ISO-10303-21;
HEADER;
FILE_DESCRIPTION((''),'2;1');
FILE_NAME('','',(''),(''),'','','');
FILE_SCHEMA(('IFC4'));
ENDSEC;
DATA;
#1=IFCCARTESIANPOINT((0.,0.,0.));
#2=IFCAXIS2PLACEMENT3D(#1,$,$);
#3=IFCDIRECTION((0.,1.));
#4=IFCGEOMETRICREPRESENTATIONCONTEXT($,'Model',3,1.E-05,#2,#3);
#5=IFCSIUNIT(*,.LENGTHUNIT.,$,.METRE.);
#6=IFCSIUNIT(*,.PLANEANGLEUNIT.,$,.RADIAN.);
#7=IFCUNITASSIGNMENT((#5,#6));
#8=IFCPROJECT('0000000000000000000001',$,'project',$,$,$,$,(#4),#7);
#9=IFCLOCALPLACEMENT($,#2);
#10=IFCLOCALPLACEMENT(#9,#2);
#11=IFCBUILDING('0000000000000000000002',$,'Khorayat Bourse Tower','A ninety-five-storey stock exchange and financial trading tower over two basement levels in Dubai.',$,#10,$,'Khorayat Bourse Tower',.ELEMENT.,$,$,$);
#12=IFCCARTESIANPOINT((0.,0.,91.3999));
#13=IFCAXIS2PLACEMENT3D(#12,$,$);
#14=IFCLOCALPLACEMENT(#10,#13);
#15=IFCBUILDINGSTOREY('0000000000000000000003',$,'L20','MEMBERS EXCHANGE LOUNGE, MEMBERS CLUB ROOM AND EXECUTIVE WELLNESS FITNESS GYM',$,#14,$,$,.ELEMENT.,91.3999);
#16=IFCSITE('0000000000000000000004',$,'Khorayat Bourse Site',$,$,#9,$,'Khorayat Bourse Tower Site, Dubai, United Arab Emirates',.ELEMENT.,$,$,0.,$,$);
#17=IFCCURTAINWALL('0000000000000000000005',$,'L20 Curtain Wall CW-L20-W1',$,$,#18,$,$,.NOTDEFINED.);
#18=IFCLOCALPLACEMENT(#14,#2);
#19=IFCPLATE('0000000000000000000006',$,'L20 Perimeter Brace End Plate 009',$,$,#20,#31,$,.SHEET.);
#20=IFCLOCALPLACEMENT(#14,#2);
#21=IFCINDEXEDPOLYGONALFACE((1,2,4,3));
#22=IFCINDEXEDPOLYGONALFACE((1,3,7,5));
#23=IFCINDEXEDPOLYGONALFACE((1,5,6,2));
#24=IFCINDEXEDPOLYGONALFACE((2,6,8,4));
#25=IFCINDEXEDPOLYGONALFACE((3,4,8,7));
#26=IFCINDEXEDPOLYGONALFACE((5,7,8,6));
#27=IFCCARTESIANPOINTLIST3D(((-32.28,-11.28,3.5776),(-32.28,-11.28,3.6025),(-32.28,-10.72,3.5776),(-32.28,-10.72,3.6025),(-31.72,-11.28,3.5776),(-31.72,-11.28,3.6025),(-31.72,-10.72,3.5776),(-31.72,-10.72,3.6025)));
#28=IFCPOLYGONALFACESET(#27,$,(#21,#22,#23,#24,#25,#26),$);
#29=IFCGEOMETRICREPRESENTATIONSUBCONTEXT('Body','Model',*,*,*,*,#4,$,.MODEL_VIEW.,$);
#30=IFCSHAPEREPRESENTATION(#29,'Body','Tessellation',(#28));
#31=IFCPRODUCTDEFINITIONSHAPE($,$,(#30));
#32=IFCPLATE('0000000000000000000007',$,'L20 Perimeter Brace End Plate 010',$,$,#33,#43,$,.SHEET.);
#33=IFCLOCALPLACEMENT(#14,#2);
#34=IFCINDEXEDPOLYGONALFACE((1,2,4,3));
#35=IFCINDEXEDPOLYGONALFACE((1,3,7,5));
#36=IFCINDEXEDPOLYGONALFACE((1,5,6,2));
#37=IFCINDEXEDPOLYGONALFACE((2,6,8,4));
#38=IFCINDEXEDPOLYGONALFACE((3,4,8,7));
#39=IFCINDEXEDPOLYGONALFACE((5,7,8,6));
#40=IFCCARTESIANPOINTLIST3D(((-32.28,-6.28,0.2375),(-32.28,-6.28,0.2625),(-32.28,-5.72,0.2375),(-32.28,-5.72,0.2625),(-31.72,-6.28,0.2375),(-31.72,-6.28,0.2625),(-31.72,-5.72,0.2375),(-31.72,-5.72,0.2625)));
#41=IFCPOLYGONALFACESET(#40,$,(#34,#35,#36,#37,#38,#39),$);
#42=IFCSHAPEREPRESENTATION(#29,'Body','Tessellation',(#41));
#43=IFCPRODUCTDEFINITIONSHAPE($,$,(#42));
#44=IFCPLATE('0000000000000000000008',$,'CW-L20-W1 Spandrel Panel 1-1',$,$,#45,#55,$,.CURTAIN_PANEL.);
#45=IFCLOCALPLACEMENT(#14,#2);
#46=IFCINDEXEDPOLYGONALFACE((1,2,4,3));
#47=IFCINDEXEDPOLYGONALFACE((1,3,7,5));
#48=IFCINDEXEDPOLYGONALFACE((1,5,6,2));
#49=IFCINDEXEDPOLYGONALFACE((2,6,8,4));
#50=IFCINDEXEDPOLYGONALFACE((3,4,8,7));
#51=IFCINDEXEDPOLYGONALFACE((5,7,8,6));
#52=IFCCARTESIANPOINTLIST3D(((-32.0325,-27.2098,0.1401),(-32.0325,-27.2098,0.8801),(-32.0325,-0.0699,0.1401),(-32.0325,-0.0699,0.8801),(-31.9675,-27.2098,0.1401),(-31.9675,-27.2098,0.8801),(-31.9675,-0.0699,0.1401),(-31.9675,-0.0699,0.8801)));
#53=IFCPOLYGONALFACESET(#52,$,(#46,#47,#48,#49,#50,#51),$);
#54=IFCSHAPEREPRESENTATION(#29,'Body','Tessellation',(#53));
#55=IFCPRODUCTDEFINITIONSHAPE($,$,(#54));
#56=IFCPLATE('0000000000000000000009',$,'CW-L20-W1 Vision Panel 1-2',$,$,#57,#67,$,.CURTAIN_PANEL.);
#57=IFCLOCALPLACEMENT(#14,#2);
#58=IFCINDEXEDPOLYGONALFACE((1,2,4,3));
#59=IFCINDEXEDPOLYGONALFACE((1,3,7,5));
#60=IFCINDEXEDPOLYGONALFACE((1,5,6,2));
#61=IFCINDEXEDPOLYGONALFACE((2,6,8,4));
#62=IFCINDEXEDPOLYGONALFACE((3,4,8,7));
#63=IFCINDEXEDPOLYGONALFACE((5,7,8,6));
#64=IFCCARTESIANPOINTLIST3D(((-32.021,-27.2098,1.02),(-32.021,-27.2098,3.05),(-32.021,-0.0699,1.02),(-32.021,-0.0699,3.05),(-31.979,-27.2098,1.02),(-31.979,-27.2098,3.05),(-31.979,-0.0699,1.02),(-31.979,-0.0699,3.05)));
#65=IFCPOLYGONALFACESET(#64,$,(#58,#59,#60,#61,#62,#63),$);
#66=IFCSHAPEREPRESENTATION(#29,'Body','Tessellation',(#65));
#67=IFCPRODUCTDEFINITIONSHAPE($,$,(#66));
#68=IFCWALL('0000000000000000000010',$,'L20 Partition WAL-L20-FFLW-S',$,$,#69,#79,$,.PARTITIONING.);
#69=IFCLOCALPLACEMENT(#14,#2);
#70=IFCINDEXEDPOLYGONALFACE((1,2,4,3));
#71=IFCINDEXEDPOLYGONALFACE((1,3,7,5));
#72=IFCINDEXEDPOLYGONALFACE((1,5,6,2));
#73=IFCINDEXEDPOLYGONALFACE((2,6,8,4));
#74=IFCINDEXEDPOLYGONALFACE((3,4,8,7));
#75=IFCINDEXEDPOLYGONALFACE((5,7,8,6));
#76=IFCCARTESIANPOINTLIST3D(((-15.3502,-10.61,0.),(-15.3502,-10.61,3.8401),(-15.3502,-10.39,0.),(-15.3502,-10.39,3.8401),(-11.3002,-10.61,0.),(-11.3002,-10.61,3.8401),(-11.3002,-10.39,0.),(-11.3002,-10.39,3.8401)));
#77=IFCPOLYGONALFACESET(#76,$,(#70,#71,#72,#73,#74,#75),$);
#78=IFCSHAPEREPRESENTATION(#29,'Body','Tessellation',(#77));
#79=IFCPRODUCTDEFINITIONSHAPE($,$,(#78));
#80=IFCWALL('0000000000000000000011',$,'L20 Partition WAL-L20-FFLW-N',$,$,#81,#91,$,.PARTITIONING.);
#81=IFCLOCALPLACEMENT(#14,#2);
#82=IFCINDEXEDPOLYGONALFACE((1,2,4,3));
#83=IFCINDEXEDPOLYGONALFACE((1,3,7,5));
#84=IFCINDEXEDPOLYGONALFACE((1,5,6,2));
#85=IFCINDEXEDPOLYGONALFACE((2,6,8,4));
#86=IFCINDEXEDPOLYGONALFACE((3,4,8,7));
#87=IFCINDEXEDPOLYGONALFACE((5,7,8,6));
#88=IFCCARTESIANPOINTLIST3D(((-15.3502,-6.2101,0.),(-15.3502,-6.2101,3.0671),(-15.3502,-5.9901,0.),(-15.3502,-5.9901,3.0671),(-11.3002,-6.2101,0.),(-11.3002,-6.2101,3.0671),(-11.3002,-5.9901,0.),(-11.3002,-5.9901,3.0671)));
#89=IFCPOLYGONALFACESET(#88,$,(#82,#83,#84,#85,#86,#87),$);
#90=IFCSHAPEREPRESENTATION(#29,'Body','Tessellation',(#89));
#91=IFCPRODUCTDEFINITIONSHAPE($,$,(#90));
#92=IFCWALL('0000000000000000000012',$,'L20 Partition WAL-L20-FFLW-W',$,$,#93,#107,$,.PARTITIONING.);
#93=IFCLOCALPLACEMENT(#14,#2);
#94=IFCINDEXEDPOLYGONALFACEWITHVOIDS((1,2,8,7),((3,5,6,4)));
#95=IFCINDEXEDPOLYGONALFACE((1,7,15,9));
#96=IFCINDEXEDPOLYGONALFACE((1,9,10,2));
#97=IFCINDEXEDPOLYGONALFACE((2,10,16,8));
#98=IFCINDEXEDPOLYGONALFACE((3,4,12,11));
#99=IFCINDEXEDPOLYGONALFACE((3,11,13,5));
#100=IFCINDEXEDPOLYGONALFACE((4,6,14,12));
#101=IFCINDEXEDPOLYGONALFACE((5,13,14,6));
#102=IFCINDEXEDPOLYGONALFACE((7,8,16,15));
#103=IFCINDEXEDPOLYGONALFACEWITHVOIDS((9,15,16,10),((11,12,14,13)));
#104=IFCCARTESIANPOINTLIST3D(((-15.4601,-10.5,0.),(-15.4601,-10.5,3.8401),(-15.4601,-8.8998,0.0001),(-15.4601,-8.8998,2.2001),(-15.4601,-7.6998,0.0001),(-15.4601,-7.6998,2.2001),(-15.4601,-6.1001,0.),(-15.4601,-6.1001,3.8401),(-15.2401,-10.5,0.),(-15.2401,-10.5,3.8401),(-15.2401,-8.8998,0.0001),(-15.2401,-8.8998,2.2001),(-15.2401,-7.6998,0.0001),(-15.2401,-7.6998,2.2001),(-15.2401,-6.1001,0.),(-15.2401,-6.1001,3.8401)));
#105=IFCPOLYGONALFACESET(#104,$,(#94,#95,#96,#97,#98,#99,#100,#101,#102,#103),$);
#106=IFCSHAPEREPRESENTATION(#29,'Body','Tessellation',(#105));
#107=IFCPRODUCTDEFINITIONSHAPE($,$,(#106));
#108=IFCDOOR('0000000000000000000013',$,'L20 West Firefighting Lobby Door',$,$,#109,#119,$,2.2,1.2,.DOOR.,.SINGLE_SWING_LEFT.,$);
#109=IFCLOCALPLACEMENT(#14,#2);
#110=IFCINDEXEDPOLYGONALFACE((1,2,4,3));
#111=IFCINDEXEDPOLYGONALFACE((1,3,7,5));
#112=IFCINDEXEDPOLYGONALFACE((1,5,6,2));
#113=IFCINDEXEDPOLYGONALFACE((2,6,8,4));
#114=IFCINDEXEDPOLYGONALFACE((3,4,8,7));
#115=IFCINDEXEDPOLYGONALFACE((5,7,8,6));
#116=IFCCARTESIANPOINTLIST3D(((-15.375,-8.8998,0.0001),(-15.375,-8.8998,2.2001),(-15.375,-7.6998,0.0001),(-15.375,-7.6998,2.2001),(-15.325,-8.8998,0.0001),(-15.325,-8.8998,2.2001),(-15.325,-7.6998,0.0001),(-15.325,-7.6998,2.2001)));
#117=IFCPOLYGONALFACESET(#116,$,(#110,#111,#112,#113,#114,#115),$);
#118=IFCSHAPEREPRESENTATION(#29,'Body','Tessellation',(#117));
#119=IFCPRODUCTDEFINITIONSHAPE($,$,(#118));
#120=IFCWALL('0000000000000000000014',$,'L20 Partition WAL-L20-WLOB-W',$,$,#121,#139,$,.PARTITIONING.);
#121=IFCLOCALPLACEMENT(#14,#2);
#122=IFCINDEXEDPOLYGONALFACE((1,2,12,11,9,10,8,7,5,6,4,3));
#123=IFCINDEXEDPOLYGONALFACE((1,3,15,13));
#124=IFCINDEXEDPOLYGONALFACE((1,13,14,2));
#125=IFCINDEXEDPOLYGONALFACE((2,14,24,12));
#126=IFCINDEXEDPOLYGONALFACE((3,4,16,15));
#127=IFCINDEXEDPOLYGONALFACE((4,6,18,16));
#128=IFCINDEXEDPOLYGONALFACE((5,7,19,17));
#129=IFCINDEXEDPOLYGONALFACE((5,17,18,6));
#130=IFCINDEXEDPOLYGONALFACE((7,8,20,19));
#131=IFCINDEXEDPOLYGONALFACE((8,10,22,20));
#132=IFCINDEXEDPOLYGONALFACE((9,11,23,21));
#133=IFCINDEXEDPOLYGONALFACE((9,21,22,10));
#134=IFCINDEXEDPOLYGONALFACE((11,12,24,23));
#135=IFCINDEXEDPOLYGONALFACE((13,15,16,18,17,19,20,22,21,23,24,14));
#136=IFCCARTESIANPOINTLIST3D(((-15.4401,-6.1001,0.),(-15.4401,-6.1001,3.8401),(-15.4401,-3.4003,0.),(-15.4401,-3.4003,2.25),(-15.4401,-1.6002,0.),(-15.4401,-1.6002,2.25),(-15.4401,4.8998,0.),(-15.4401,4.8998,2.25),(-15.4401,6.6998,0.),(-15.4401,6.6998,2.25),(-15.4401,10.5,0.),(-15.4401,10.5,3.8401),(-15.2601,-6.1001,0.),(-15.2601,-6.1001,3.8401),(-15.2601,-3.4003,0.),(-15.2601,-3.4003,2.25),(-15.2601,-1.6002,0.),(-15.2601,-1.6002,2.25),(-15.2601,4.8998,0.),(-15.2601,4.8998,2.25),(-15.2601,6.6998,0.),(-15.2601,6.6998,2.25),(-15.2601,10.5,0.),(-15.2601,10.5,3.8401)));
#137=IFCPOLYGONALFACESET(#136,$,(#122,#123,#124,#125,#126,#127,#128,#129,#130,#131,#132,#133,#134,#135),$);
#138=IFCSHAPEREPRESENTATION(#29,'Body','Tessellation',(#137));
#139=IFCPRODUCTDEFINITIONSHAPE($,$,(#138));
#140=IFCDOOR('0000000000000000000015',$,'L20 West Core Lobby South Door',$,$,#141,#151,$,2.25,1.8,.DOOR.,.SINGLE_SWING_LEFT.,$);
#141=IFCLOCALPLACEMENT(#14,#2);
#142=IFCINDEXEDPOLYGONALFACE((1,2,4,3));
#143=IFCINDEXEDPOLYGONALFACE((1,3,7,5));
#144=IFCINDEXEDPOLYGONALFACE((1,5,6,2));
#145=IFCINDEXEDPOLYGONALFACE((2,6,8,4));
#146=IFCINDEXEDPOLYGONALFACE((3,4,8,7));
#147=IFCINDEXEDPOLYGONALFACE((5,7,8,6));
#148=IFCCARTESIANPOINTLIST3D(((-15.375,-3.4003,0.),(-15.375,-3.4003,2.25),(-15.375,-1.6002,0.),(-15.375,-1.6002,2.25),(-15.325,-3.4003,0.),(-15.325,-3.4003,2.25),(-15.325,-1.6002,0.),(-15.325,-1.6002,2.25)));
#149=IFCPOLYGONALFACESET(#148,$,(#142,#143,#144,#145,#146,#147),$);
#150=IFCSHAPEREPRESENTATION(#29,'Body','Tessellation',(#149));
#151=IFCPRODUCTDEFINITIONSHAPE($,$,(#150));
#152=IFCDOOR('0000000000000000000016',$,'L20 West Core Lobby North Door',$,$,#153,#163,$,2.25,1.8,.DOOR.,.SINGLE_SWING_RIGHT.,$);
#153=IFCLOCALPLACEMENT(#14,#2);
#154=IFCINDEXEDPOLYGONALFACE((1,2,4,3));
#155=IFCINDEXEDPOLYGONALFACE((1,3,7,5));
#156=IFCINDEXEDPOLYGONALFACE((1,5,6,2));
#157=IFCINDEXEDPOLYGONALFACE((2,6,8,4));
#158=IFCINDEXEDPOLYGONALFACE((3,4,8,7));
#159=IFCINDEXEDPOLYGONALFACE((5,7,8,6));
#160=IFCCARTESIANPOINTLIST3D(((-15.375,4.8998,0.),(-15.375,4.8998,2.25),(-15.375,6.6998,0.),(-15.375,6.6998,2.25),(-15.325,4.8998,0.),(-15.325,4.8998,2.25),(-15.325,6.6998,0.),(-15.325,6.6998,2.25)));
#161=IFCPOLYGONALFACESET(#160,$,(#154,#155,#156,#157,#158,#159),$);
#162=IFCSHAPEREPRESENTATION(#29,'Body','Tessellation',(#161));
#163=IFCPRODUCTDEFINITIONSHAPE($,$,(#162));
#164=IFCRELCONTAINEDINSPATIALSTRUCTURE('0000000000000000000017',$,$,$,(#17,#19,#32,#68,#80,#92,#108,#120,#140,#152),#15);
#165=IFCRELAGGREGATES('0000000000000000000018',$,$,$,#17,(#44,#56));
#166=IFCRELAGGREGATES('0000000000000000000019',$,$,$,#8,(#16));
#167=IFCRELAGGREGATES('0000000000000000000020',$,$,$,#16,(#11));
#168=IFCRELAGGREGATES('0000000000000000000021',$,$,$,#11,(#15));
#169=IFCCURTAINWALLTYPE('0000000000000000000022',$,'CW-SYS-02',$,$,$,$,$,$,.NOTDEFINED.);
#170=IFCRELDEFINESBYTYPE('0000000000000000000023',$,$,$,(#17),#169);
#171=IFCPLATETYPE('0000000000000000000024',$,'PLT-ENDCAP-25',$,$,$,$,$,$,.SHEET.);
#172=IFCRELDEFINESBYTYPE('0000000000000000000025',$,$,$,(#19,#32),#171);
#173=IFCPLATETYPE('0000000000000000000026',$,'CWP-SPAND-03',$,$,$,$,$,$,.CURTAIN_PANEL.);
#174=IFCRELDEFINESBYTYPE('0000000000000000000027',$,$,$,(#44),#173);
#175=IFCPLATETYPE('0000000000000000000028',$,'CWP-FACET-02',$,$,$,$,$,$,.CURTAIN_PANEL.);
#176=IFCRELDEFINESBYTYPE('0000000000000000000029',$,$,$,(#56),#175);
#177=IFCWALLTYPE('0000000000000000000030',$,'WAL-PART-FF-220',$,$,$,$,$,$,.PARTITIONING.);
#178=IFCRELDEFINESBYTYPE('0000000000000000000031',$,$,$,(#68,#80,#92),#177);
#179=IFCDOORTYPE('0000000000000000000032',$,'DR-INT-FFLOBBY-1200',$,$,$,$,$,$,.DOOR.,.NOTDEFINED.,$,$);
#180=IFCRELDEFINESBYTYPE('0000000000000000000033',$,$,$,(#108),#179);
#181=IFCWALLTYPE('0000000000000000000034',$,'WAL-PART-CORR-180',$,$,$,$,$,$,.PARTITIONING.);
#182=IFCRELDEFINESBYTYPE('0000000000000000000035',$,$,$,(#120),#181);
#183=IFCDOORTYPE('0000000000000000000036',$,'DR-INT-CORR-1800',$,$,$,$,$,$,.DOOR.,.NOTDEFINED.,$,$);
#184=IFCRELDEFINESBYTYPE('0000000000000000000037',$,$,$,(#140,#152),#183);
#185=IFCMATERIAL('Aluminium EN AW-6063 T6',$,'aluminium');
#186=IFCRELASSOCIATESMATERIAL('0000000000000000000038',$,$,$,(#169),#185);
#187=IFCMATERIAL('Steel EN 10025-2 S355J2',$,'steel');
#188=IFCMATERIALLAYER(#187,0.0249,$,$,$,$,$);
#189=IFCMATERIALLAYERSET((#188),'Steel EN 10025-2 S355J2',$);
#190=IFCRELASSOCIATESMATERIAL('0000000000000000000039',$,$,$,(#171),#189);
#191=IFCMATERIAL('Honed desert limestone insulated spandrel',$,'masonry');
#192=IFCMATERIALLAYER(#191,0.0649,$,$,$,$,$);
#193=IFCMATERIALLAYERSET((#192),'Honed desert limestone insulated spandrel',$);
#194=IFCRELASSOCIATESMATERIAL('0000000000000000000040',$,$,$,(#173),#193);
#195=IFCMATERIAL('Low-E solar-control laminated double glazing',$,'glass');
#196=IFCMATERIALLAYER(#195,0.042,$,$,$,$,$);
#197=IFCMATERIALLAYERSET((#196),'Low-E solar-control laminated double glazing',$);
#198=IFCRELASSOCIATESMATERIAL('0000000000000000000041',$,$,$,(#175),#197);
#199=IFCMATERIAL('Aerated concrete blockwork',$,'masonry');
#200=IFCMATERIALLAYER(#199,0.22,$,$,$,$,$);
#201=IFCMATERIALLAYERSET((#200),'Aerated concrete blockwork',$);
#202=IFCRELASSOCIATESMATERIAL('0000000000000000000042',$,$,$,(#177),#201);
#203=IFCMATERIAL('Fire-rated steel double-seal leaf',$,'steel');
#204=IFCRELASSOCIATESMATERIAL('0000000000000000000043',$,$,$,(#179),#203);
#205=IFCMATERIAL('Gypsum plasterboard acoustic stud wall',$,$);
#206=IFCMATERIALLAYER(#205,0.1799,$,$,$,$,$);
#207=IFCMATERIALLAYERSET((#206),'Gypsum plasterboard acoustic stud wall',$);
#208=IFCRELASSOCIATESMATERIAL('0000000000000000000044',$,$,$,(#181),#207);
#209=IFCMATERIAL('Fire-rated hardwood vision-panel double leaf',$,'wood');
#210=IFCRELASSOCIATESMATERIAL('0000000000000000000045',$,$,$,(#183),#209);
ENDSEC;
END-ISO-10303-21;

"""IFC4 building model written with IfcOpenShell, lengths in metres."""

from ifc_helpers import new_model, si_unit, direction, frame, frame_2d, origin, origin_2d, place, context, subcontext, project, spatial, rectangle, extrude, source, transform, mapped, material, layer, layer_set, type_object, element, fill, aggregate, save


model = new_model("IFC4")

# Units and contexts
model_context = context("Model", 3, precision=1e-05, world=origin(), true_north=direction((0.0, 1.0)))
body_context = subcontext(model_context, "Body", "Model", "MODEL_VIEW")
ifc_project = project(units=[si_unit("LENGTHUNIT", "METRE"), si_unit("PLANEANGLEUNIT", "RADIAN")], contexts=[model_context])

# Site, building, storey
site_placement = place(None, origin())
site = spatial("IfcSite", under=ifc_project, at=site_placement, Name="Khorayat Bourse Site", LongName="Khorayat Bourse Tower Site, Dubai, United Arab Emirates", CompositionType="ELEMENT", RefElevation=0.0)
building_placement = place(site_placement, origin())
building = spatial("IfcBuilding", under=site, at=building_placement, Name="Khorayat Bourse Tower", Description="A ninety-five-storey stock exchange and financial trading tower over two basement levels in Dubai.", LongName="Khorayat Bourse Tower", CompositionType="ELEMENT")
storey_placement = place(building_placement, frame((0.0, 0.0, 91.3999)))
storey = spatial("IfcBuildingStorey", under=building, at=storey_placement, Name="L20", Description="MEMBERS EXCHANGE LOUNGE, MEMBERS CLUB ROOM AND EXECUTIVE WELLNESS FITNESS GYM", CompositionType="ELEMENT", Elevation=91.3999)

# Curtain wall
ifc_material_1 = material(Name="Aluminium EN AW-6063 T6", Category="aluminium")
curtain_wall_type = type_object("IfcCurtainWallType", Name="CW-SYS-02", PredefinedType="NOTDEFINED", material=ifc_material_1)
curtain_wall_placement = place(storey_placement, origin())
curtain_wall = element("IfcCurtainWall", 1, at=curtain_wall_placement, inside=storey, type_object=curtain_wall_type, Name="L20 Curtain Wall CW-L20-W1", PredefinedType="NOTDEFINED")

# Plates
ifc_material_2 = material(Name="Steel EN 10025-2 S355J2", Category="steel")
ifc_layer_1 = layer(ifc_material_2, 0.0249)
ifc_layer_set_1 = layer_set([ifc_layer_1], Name="Steel EN 10025-2 S355J2")
plate_type_1 = type_object("IfcPlateType", Name="PLT-ENDCAP-25", PredefinedType="SHEET", material=ifc_layer_set_1)
shared_shape_1 = source(origin(), body_context, "Body", "SweptSolid", [
    extrude(rectangle(XDim=0.5601, YDim=0.5601, at=origin_2d()), origin(), (0.0, 0.0, 1.0), 0.0249),
])
for number, where, z_axis, x_axis, name in (
    (2, (-32.0, -11.0, 3.5776), (0.0, 0.0, 1.0), (1.0, 0.0, 0.0), "L20 Perimeter Brace End Plate 009"),
    (3, (-32.0, -6.0, 0.2375), (0.0, 0.0, 1.0), (1.0, 0.0, 0.0), "L20 Perimeter Brace End Plate 010"),
):
    element("IfcPlate", number, at=place(storey_placement, frame(where, z_axis=z_axis, x_axis=x_axis)), inside=storey, type_object=plate_type_1, Name=name, PredefinedType="SHEET", context=body_context, shape_type="MappedRepresentation", body=[
        mapped(shared_shape_1, transform((0.0, 0.0, 0.0), scale=1.0)),
    ])

# Plates
ifc_material_3 = material(Name="Honed desert limestone insulated spandrel", Category="masonry")
ifc_layer_2 = layer(ifc_material_3, 0.0649)
ifc_layer_set_2 = layer_set([ifc_layer_2], Name="Honed desert limestone insulated spandrel")
plate_type_2 = type_object("IfcPlateType", Name="CWP-SPAND-03", PredefinedType="CURTAIN_PANEL", material=ifc_layer_set_2)
shared_shape_2 = source(origin(), body_context, "Body", "SweptSolid", [
    extrude(rectangle(XDim=27.1399, YDim=0.0649, at=origin_2d()), origin(), (0.0, 0.0, 1.0), 0.74),
])
plate_1_placement = place(storey_placement, frame((-32.0, -13.6399, 0.1401), z_axis=(0.0, 0.0, 1.0), x_axis=(0.0, 1.0, 0.0)))
plate_1 = element("IfcPlate", 4, at=plate_1_placement, type_object=plate_type_2, Name="CW-L20-W1 Spandrel Panel 1-1", PredefinedType="CURTAIN_PANEL", context=body_context, shape_type="MappedRepresentation", body=[
    mapped(shared_shape_2, transform((0.0, 0.0, 0.0), scale=1.0)),
])
ifc_material_4 = material(Name="Low-E solar-control laminated double glazing", Category="glass")
ifc_layer_3 = layer(ifc_material_4, 0.042)
ifc_layer_set_3 = layer_set([ifc_layer_3], Name="Low-E solar-control laminated double glazing")
plate_type_3 = type_object("IfcPlateType", Name="CWP-FACET-02", PredefinedType="CURTAIN_PANEL", material=ifc_layer_set_3)
shared_shape_3 = source(origin(), body_context, "Body", "SweptSolid", [
    extrude(rectangle(XDim=27.1399, YDim=0.042, at=origin_2d()), origin(), (0.0, 0.0, 1.0), 2.03),
])
plate_2_placement = place(storey_placement, frame((-32.0, -13.6399, 1.02), z_axis=(0.0, 0.0, 1.0), x_axis=(0.0, 1.0, 0.0)))
plate_2 = element("IfcPlate", 5, at=plate_2_placement, type_object=plate_type_3, Name="CW-L20-W1 Vision Panel 1-2", PredefinedType="CURTAIN_PANEL", context=body_context, shape_type="MappedRepresentation", body=[
    mapped(shared_shape_3, transform((0.0, 0.0, 0.0), scale=1.0)),
])
aggregate(curtain_wall, [plate_1, plate_2])

# Walls
ifc_material_5 = material(Name="Aerated concrete blockwork", Category="masonry")
ifc_layer_4 = layer(ifc_material_5, 0.22)
ifc_layer_set_4 = layer_set([ifc_layer_4], Name="Aerated concrete blockwork")
wall_type_1 = type_object("IfcWallType", Name="WAL-PART-FF-220", PredefinedType="PARTITIONING", material=ifc_layer_set_4)
shared_shape_4 = source(origin(), body_context, "Body", "SweptSolid", [
    extrude(rectangle(XDim=4.05, YDim=0.22, at=frame_2d((2.0249, 0.0))), origin(), (0.0, 0.0, 1.0), 3.8401),
])
wall_1_placement = place(storey_placement, frame((-15.3501, -10.5, 0.0), z_axis=(0.0, 0.0, 1.0), x_axis=(1.0, 0.0, 0.0)))
element("IfcWall", 6, at=wall_1_placement, inside=storey, type_object=wall_type_1, Name="L20 Partition WAL-L20-FFLW-S", PredefinedType="PARTITIONING", context=body_context, shape_type="MappedRepresentation", body=[
    mapped(shared_shape_4, transform((0.0, 0.0, 0.0), scale=1.0)),
])
shared_shape_5 = source(origin(), body_context, "Body", "SweptSolid", [
    extrude(rectangle(XDim=4.05, YDim=0.22, at=frame_2d((2.0249, 0.0))), origin(), (0.0, 0.0, 1.0), 3.0671),
])
wall_2_placement = place(storey_placement, frame((-15.3501, -6.1001, 0.0), z_axis=(0.0, 0.0, 1.0), x_axis=(1.0, 0.0, 0.0)))
element("IfcWall", 7, at=wall_2_placement, inside=storey, type_object=wall_type_1, Name="L20 Partition WAL-L20-FFLW-N", PredefinedType="PARTITIONING", context=body_context, shape_type="MappedRepresentation", body=[
    mapped(shared_shape_5, transform((0.0, 0.0, 0.0), scale=1.0)),
])

# Wall, opening, door
shared_shape_6 = source(origin(), body_context, "Body", "SweptSolid", [
    extrude(rectangle(XDim=4.3999, YDim=0.22, at=frame_2d((2.2, 0.0))), origin(), (0.0, 0.0, 1.0), 3.8401),
])
wall_3_placement = place(storey_placement, frame((-15.3501, -10.5, 0.0), z_axis=(0.0, 0.0, 1.0), x_axis=(0.0, 1.0, 0.0)))
wall_3 = element("IfcWall", 8, at=wall_3_placement, inside=storey, type_object=wall_type_1, Name="L20 Partition WAL-L20-FFLW-W", PredefinedType="PARTITIONING", context=body_context, shape_type="MappedRepresentation", body=[
    mapped(shared_shape_6, transform((0.0, 0.0, 0.0), scale=1.0)),
])
shared_shape_7 = source(origin(), body_context, "Body", "SweptSolid", [
    extrude(rectangle(XDim=1.2, YDim=2.2, at=frame_2d((0.6001, 1.1001))), frame((0.0, 0.1199, 0.0), z_axis=(0.0, -1.0, 0.0), x_axis=(1.0, 0.0, 0.0)), (0.0, 0.0, 1.0), 0.24),
])
opening_1_placement = place(wall_3_placement, frame((1.6001, 0.0, 0.0)))
opening_1 = element("IfcOpeningElement", 9, at=opening_1_placement, cuts=wall_3, PredefinedType="OPENING", context=body_context, shape_type="MappedRepresentation", body=[
    mapped(shared_shape_7, transform((0.0, 0.0, 0.0), scale=1.0)),
])
ifc_material_6 = material(Name="Fire-rated steel double-seal leaf", Category="steel")
door_type_1 = type_object("IfcDoorType", Name="DR-INT-FFLOBBY-1200", OperationType="NOTDEFINED", PredefinedType="DOOR", material=ifc_material_6)
shared_shape_8 = source(origin(), body_context, "Body", "SweptSolid", [
    extrude(rectangle(XDim=1.2, YDim=2.2, at=frame_2d((0.6001, 1.1001))), frame((0.0, 0.0249, 0.0), z_axis=(0.0, -1.0, 0.0), x_axis=(1.0, 0.0, 0.0)), (0.0, 0.0, 1.0), 0.05),
])
door_1_placement = place(opening_1_placement, origin())
door_1 = element("IfcDoor", 10, at=door_1_placement, inside=storey, type_object=door_type_1, Name="L20 West Firefighting Lobby Door", OperationType="SINGLE_SWING_LEFT", OverallHeight=2.2, OverallWidth=1.2, PredefinedType="DOOR", context=body_context, shape_type="MappedRepresentation", body=[
    mapped(shared_shape_8, transform((0.0, 0.0, 0.0), scale=1.0)),
])
fill(opening_1, door_1)

# Wall, openings, doors
ifc_material_7 = material(Name="Gypsum plasterboard acoustic stud wall")
ifc_layer_5 = layer(ifc_material_7, 0.1799)
ifc_layer_set_5 = layer_set([ifc_layer_5], Name="Gypsum plasterboard acoustic stud wall")
wall_type_2 = type_object("IfcWallType", Name="WAL-PART-CORR-180", PredefinedType="PARTITIONING", material=ifc_layer_set_5)
shared_shape_9 = source(origin(), body_context, "Body", "SweptSolid", [
    extrude(rectangle(XDim=16.6001, YDim=0.1799, at=frame_2d((8.3, 0.0))), origin(), (0.0, 0.0, 1.0), 3.8401),
])
wall_4_placement = place(storey_placement, frame((-15.3501, -6.1001, 0.0), z_axis=(0.0, 0.0, 1.0), x_axis=(0.0, 1.0, 0.0)))
wall_4 = element("IfcWall", 11, at=wall_4_placement, inside=storey, type_object=wall_type_2, Name="L20 Partition WAL-L20-WLOB-W", PredefinedType="PARTITIONING", context=body_context, shape_type="MappedRepresentation", body=[
    mapped(shared_shape_9, transform((0.0, 0.0, 0.0), scale=1.0)),
])
shared_shape_10 = source(origin(), body_context, "Body", "SweptSolid", [
    extrude(rectangle(XDim=1.8, YDim=2.25, at=frame_2d((0.8999, 1.125))), frame((0.0, 0.0999, 0.0), z_axis=(0.0, -1.0, 0.0), x_axis=(1.0, 0.0, 0.0)), (0.0, 0.0, 1.0), 0.2),
])
opening_2_placement = place(wall_4_placement, frame((2.7, 0.0, 0.0)))
opening_2 = element("IfcOpeningElement", 12, at=opening_2_placement, cuts=wall_4, PredefinedType="OPENING", context=body_context, shape_type="MappedRepresentation", body=[
    mapped(shared_shape_10, transform((0.0, 0.0, 0.0), scale=1.0)),
])
opening_3_placement = place(wall_4_placement, frame((11.0, 0.0, 0.0)))
opening_3 = element("IfcOpeningElement", 13, at=opening_3_placement, cuts=wall_4, PredefinedType="OPENING", context=body_context, shape_type="MappedRepresentation", body=[
    mapped(shared_shape_10, transform((0.0, 0.0, 0.0), scale=1.0)),
])
ifc_material_8 = material(Name="Fire-rated hardwood vision-panel double leaf", Category="wood")
door_type_2 = type_object("IfcDoorType", Name="DR-INT-CORR-1800", OperationType="NOTDEFINED", PredefinedType="DOOR", material=ifc_material_8)
shared_shape_11 = source(origin(), body_context, "Body", "SweptSolid", [
    extrude(rectangle(XDim=1.8, YDim=2.25, at=frame_2d((0.8999, 1.125))), frame((0.0, 0.0249, 0.0), z_axis=(0.0, -1.0, 0.0), x_axis=(1.0, 0.0, 0.0)), (0.0, 0.0, 1.0), 0.05),
])
door_2_placement = place(opening_2_placement, origin())
door_2 = element("IfcDoor", 14, at=door_2_placement, inside=storey, type_object=door_type_2, Name="L20 West Core Lobby South Door", OperationType="SINGLE_SWING_LEFT", OverallHeight=2.25, OverallWidth=1.8, PredefinedType="DOOR", context=body_context, shape_type="MappedRepresentation", body=[
    mapped(shared_shape_11, transform((0.0, 0.0, 0.0), scale=1.0)),
])
fill(opening_2, door_2)
door_3_placement = place(opening_3_placement, origin())
door_3 = element("IfcDoor", 15, at=door_3_placement, inside=storey, type_object=door_type_2, Name="L20 West Core Lobby North Door", OperationType="SINGLE_SWING_RIGHT", OverallHeight=2.25, OverallWidth=1.8, PredefinedType="DOOR", context=body_context, shape_type="MappedRepresentation", body=[
    mapped(shared_shape_11, transform((0.0, 0.0, 0.0), scale=1.0)),
])
fill(opening_3, door_3)

save(model, "model.ifc")
